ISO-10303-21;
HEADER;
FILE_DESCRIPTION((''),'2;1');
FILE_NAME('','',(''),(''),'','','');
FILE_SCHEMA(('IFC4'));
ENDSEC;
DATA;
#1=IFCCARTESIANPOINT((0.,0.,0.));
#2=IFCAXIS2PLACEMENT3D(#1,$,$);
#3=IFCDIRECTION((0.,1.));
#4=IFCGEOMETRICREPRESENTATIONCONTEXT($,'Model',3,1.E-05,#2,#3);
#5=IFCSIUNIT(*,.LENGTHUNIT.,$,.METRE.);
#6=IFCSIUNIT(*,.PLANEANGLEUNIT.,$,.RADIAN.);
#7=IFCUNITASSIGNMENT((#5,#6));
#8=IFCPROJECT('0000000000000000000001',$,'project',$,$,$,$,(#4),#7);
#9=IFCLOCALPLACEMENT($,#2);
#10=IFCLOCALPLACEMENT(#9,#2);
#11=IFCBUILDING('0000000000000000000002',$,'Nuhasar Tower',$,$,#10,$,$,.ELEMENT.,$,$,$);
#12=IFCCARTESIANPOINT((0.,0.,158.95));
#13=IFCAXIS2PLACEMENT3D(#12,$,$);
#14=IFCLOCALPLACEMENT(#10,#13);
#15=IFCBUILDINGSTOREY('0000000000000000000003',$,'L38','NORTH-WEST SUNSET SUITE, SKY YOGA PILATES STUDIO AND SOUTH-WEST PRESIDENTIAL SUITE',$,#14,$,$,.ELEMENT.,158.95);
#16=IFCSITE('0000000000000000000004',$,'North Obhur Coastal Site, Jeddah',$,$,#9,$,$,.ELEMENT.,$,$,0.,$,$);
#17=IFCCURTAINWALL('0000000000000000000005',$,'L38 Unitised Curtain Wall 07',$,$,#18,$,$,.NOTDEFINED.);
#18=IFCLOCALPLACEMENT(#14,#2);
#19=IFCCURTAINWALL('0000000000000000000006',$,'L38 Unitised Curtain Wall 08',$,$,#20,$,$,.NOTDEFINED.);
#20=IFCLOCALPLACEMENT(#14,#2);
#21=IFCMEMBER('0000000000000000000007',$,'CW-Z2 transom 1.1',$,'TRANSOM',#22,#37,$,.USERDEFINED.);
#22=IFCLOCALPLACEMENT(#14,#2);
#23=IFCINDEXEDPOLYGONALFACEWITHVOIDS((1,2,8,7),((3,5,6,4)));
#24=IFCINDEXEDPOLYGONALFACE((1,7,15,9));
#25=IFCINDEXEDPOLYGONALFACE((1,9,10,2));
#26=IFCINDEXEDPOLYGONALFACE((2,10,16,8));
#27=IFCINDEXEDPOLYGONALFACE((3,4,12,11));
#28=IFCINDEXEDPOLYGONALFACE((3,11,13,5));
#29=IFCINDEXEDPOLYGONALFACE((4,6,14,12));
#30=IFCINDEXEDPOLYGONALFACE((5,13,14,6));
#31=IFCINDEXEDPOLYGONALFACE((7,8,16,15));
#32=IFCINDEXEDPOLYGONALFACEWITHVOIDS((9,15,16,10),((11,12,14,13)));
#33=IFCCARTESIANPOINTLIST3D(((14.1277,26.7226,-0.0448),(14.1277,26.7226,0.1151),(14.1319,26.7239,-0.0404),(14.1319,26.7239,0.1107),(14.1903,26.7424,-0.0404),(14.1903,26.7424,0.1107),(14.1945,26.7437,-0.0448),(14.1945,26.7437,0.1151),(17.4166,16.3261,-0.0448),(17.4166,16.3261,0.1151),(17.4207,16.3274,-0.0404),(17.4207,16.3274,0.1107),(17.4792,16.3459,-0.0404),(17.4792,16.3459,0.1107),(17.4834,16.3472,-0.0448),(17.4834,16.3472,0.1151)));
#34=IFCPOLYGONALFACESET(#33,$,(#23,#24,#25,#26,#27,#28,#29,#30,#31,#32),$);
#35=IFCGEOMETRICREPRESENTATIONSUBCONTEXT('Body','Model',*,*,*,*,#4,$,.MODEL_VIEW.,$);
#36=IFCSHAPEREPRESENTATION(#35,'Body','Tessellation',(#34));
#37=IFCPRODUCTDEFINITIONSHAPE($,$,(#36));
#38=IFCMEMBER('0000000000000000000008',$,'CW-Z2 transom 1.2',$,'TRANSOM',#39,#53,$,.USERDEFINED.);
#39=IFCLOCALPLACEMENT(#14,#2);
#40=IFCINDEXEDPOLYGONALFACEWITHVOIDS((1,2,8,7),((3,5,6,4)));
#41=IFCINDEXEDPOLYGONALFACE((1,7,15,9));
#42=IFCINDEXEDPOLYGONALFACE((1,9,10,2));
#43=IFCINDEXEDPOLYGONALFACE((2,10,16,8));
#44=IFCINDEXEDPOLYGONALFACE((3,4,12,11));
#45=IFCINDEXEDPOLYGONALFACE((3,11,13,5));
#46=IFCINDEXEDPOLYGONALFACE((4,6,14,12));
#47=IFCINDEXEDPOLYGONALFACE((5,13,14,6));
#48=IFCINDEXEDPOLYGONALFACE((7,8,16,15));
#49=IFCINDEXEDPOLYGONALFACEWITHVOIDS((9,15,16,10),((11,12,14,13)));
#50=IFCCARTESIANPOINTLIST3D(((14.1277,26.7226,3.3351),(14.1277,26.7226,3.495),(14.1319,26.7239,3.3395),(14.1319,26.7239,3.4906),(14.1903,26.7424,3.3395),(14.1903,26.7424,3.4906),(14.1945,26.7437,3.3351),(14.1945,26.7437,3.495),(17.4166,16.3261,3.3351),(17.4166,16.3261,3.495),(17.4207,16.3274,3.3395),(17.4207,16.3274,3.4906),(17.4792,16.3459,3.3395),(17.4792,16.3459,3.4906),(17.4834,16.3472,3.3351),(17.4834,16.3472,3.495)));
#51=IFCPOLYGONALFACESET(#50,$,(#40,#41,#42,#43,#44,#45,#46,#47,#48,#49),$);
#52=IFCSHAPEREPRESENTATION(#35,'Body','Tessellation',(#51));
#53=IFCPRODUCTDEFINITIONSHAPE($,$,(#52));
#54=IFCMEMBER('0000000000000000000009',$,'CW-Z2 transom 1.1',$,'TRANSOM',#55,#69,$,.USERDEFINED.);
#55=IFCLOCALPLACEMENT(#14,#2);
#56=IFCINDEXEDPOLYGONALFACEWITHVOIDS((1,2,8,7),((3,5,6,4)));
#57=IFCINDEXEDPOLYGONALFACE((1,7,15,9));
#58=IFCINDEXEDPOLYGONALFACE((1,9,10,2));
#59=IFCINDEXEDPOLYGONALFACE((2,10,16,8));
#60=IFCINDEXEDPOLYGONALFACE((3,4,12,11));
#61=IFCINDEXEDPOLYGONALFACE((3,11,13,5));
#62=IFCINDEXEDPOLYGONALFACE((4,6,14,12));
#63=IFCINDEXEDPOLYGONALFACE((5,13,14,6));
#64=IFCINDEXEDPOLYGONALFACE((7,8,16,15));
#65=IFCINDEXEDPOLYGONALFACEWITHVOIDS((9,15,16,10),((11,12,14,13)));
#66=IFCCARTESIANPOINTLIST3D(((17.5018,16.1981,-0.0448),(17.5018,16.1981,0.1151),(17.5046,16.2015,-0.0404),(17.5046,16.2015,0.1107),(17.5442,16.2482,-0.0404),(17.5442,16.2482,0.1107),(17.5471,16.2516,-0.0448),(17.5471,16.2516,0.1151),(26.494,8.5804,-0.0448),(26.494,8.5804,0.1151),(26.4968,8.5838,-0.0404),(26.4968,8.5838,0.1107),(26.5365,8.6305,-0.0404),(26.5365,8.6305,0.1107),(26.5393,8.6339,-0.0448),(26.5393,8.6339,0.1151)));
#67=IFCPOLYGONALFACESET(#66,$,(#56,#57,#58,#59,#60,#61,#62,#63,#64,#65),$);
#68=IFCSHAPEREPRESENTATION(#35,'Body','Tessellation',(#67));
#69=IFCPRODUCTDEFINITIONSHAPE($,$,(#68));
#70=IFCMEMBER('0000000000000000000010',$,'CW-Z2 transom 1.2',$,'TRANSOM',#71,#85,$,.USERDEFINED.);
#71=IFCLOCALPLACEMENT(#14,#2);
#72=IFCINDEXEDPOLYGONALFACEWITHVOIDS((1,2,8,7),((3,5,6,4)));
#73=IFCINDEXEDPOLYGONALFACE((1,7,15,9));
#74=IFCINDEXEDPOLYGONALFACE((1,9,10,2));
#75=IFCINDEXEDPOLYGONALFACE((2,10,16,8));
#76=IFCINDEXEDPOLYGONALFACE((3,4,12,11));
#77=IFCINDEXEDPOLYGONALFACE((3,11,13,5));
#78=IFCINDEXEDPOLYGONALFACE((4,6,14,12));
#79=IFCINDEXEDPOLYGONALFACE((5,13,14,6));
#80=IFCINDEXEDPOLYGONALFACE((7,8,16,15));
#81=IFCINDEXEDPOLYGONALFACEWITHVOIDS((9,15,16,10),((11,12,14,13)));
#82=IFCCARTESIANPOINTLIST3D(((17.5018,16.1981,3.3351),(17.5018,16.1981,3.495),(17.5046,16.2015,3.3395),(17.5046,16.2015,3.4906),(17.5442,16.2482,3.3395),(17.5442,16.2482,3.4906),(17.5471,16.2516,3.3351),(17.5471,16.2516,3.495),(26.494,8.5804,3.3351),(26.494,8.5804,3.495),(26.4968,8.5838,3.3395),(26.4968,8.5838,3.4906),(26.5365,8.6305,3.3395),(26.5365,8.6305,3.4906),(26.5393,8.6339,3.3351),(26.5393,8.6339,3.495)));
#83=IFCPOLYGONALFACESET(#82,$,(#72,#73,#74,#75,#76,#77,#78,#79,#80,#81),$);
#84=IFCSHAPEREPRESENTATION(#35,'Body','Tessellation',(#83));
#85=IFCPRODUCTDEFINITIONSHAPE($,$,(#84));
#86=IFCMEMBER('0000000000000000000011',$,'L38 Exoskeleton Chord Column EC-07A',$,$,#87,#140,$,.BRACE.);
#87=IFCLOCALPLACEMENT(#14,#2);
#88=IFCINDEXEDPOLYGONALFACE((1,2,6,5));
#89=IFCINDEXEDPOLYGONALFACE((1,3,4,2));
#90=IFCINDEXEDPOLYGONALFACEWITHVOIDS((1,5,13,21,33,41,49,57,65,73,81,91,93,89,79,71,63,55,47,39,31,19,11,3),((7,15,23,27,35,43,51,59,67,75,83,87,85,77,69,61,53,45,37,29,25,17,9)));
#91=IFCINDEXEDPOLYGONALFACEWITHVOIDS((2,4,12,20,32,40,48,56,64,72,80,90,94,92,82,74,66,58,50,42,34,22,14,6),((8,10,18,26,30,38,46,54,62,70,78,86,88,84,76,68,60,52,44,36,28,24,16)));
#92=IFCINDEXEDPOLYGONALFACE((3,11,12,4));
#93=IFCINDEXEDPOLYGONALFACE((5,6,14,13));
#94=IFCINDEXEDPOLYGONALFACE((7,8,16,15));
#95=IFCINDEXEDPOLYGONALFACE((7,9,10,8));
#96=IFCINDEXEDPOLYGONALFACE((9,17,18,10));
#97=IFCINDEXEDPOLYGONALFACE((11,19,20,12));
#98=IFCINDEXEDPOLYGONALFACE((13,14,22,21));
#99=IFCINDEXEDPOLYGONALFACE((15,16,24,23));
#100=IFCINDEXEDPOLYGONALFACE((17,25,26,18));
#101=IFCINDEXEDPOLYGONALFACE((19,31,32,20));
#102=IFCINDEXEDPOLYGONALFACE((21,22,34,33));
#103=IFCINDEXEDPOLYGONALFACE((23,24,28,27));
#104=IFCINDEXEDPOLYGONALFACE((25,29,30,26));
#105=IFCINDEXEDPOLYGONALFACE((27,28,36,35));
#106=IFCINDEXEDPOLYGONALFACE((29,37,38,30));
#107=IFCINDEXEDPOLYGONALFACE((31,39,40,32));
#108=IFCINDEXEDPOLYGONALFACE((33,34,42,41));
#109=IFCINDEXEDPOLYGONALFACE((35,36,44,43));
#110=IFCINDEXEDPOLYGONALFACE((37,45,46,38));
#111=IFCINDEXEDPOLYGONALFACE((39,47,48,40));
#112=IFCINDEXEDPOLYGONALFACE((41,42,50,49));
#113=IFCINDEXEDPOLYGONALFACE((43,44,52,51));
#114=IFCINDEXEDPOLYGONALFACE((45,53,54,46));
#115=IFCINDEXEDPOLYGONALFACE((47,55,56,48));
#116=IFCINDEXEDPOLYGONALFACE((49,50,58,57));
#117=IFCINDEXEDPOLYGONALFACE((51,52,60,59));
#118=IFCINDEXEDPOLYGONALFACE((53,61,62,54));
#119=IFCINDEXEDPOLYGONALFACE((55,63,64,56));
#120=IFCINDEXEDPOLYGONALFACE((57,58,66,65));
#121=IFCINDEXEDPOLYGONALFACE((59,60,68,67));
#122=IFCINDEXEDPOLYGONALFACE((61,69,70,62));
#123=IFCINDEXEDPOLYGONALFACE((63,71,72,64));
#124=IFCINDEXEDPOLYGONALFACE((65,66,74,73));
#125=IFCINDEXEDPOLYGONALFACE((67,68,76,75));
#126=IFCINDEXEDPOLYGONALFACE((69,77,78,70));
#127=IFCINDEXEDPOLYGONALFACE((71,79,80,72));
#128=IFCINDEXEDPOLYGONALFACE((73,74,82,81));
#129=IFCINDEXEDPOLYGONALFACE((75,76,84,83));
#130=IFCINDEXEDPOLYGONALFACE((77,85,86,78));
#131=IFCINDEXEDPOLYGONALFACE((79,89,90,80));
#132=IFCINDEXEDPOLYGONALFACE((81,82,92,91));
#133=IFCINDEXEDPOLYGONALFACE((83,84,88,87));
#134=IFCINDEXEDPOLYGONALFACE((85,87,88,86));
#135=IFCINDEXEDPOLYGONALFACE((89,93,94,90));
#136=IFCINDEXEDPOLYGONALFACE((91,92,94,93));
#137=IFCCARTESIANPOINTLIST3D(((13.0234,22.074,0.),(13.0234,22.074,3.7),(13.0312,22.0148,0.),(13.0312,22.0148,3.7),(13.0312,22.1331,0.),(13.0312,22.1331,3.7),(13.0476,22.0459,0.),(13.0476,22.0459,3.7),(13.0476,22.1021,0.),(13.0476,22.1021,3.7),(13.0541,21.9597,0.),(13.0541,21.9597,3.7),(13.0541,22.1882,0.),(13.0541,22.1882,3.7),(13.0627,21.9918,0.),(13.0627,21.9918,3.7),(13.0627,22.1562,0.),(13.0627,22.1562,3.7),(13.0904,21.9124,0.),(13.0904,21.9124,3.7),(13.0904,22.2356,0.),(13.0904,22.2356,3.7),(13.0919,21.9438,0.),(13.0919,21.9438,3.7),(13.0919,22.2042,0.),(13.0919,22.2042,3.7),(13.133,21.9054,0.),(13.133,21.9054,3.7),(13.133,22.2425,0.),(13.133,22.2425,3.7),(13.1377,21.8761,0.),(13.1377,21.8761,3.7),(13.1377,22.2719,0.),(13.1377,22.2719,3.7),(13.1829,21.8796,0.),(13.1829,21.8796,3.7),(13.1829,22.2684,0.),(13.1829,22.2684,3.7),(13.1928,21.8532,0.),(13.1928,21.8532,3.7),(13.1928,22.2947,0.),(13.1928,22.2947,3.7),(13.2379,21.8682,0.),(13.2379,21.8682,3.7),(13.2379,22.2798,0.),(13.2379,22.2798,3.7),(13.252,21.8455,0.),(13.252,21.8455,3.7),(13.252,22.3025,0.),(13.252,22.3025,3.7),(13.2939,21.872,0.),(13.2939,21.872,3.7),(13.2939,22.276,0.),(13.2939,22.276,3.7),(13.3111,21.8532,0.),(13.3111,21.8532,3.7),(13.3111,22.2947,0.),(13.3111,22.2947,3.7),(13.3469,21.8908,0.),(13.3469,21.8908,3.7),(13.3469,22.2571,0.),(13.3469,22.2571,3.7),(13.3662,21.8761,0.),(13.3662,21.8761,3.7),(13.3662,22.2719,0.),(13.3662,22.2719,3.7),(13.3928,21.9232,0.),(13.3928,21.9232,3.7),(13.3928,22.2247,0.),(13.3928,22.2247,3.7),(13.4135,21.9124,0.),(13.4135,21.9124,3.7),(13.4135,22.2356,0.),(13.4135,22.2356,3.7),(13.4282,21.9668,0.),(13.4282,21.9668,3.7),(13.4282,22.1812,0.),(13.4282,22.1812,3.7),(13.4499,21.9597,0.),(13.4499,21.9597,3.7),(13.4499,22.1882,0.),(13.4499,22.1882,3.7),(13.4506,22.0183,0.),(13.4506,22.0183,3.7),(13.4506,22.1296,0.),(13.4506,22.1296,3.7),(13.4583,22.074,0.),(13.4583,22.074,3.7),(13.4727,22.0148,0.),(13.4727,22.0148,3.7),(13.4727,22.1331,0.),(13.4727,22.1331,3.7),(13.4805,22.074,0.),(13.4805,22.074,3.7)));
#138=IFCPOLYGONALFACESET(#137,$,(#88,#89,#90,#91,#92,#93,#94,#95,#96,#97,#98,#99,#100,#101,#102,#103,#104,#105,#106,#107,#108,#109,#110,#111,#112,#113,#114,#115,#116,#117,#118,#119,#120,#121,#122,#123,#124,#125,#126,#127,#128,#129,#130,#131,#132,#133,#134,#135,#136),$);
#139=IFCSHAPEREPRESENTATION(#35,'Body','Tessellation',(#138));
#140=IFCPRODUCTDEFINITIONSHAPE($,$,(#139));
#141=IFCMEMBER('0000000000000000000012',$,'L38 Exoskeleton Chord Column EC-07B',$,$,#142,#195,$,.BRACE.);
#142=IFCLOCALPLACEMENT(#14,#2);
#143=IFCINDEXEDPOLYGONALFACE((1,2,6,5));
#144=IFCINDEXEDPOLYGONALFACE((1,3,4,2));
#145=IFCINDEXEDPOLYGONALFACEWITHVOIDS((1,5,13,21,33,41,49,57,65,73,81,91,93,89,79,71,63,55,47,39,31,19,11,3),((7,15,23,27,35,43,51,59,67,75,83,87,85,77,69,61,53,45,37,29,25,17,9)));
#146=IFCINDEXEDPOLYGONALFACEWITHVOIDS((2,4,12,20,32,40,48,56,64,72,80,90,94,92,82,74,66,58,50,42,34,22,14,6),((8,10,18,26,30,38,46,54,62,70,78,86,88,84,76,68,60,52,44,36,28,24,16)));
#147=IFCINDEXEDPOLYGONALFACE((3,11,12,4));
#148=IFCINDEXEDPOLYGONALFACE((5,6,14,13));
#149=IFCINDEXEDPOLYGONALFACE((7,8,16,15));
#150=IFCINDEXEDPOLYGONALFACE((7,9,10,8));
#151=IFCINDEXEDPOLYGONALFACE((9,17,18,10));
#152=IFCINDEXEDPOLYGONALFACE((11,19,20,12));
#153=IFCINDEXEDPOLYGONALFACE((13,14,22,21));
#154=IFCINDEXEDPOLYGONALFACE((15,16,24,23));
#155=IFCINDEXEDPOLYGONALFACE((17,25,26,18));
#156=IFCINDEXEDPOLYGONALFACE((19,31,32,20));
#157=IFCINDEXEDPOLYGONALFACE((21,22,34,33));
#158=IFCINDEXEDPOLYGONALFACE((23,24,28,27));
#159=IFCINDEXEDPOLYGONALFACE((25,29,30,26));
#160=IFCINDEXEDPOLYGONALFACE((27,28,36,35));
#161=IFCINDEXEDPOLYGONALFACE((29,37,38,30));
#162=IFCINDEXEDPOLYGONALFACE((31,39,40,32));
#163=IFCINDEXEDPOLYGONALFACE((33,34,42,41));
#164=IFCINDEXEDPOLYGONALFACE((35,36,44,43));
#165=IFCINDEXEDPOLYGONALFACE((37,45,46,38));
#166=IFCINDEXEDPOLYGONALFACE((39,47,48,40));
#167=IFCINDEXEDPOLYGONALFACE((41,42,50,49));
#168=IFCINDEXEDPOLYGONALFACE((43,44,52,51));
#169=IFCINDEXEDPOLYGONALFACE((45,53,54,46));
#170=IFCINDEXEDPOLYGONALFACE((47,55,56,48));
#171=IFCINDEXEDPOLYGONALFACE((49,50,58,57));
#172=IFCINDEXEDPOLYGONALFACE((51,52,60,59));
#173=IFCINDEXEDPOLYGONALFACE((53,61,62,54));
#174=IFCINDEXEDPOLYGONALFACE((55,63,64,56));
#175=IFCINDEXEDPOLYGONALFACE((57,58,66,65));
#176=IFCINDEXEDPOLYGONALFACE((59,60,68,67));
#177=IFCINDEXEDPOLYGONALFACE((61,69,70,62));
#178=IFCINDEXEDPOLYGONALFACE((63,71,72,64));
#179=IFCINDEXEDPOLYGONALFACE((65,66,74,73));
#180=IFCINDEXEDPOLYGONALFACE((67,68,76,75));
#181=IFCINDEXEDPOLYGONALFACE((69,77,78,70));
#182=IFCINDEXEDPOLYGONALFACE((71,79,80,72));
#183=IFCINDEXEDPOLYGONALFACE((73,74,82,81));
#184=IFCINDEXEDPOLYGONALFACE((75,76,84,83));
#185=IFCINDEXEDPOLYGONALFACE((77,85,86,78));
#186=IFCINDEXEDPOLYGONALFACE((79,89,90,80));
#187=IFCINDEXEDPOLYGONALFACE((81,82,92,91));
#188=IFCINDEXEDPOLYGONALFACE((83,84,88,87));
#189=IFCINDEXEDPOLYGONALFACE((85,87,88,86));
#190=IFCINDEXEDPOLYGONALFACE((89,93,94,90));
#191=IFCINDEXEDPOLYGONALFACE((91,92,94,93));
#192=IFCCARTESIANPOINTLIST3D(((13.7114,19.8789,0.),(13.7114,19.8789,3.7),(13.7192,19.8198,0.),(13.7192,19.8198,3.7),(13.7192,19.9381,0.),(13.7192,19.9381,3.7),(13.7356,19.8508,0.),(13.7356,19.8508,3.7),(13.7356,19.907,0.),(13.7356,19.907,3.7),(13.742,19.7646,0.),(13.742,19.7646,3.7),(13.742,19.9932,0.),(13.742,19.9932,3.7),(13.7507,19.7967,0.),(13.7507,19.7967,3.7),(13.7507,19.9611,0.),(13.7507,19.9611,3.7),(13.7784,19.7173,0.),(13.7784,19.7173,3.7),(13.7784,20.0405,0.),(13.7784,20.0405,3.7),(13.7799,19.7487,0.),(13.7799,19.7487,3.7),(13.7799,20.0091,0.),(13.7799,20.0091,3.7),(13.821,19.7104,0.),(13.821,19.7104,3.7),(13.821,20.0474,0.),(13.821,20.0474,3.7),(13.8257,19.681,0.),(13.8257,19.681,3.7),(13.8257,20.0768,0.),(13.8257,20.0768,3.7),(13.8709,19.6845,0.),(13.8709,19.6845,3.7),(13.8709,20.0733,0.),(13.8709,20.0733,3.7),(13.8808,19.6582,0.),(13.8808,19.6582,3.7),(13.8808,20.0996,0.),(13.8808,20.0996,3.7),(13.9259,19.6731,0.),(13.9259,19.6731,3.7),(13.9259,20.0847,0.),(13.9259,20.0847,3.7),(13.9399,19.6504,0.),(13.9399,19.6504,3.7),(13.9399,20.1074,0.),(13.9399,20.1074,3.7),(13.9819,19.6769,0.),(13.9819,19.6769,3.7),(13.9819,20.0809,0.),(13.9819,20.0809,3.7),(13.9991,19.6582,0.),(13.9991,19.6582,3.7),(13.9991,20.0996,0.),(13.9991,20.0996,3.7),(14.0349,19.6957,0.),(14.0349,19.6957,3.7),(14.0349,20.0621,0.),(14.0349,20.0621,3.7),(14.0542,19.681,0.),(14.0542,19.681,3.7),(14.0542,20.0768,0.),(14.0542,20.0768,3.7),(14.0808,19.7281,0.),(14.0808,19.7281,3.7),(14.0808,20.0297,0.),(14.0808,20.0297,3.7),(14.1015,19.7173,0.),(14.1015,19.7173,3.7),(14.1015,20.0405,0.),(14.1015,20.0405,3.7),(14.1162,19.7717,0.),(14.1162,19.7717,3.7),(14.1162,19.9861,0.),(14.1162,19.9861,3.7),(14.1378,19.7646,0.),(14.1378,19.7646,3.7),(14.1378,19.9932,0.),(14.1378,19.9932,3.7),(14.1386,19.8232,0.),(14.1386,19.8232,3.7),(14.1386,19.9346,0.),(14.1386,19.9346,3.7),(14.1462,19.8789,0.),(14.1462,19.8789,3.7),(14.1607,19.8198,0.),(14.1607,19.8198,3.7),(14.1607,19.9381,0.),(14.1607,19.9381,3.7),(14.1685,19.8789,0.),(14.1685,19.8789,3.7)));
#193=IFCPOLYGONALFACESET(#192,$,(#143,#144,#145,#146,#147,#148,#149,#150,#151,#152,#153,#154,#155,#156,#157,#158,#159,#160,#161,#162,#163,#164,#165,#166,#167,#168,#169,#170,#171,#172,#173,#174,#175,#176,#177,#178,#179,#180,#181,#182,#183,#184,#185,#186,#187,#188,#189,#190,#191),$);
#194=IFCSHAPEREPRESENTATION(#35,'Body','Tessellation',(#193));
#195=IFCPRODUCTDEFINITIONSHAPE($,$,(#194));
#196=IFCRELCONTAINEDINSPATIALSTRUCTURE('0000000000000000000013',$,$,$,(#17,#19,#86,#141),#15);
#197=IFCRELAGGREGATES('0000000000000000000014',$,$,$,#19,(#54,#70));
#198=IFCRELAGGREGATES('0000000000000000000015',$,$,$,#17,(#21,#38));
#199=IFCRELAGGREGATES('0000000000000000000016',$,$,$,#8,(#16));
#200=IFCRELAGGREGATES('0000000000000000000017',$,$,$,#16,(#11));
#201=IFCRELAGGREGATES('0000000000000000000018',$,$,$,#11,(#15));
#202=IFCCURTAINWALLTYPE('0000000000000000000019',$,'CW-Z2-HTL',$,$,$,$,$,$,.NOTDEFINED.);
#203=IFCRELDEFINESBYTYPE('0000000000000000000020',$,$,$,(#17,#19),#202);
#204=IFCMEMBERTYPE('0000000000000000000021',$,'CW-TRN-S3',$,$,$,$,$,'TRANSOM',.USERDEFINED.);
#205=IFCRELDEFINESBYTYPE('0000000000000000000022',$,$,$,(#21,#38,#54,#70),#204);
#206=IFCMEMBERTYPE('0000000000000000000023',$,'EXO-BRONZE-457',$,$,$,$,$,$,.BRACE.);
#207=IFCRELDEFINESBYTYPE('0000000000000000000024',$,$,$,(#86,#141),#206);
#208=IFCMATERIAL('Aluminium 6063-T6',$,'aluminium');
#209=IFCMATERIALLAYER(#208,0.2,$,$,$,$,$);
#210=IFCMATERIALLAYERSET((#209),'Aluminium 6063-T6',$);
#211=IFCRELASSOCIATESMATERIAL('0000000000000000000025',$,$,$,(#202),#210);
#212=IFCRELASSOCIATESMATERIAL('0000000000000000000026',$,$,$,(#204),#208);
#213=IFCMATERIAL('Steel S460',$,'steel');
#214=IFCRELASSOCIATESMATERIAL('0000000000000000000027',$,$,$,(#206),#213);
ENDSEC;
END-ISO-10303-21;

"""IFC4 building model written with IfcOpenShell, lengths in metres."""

from ifc_helpers import new_model, si_unit, direction, frame, origin, origin_2d, place, context, subcontext, project, spatial, hollow_rectangle, hollow_circle, extrude, material, layer, layer_set, material_profile, profile_set, type_object, element, aggregate, save


model = new_model("IFC4")

# Units and contexts
model_context = context("Model", 3, precision=1e-05, world=origin(), true_north=direction((0.0, 1.0)))
body_context = subcontext(model_context, "Body", "Model", "MODEL_VIEW")
ifc_project = project(units=[si_unit("LENGTHUNIT", "METRE"), si_unit("PLANEANGLEUNIT", "RADIAN")], contexts=[model_context])

# Site, building, storey
site_placement = place(None, origin())
site = spatial("IfcSite", under=ifc_project, at=site_placement, Name="North Obhur Coastal Site, Jeddah", CompositionType="ELEMENT", RefElevation=0.0)
building_placement = place(site_placement, origin())
building = spatial("IfcBuilding", under=site, at=building_placement, Name="Nuhasar Tower", CompositionType="ELEMENT")
storey_placement = place(building_placement, frame((0.0, 0.0, 158.95)))
storey = spatial("IfcBuildingStorey", under=building, at=storey_placement, Name="L38", Description="NORTH-WEST SUNSET SUITE, SKY YOGA PILATES STUDIO AND SOUTH-WEST PRESIDENTIAL SUITE", CompositionType="ELEMENT", Elevation=158.95)

# Curtain wall
ifc_material_1 = material(Name="Aluminium 6063-T6", Category="aluminium")
ifc_layer_1 = layer(ifc_material_1, 0.2)
ifc_layer_set_1 = layer_set([ifc_layer_1], Name="Aluminium 6063-T6")
curtain_wall_type = type_object("IfcCurtainWallType", Name="CW-Z2-HTL", PredefinedType="NOTDEFINED", material=ifc_layer_set_1)
curtain_wall_1_placement = place(storey_placement, origin())
curtain_wall_1 = element("IfcCurtainWall", 1, at=curtain_wall_1_placement, inside=storey, type_object=curtain_wall_type, Name="L38 Unitised Curtain Wall 07", PredefinedType="NOTDEFINED")

# Curtain wall
curtain_wall_2_placement = place(storey_placement, origin())
curtain_wall_2 = element("IfcCurtainWall", 2, at=curtain_wall_2_placement, inside=storey, type_object=curtain_wall_type, Name="L38 Unitised Curtain Wall 08", PredefinedType="NOTDEFINED")

# Members
ifc_material_profile_1 = material_profile(ifc_material_1, hollow_rectangle(XDim=0.0701, YDim=0.1599, WallThickness=0.0044, at=origin_2d()), Name="CWT-3")
ifc_profile_set_1 = profile_set([ifc_material_profile_1], Name="Aluminium 6063-T6")
member_type_1 = type_object("IfcMemberType", Name="CW-TRN-S3", ElementType="TRANSOM", PredefinedType="USERDEFINED", material=ifc_profile_set_1)
member_1_placement = place(storey_placement, frame((14.1611, 26.7332, 0.0352), z_axis=(0.301608, -0.953432, 0.0), x_axis=(0.953432, 0.301608, 0.0)))
member_1 = element("IfcMember", 3, at=member_1_placement, type_object=member_type_1, Name="CW-Z2 transom 1.1", ObjectType="TRANSOM", PredefinedType="USERDEFINED", context=body_context, shape_type="SweptSolid", body=[
    extrude(hollow_rectangle(XDim=0.0701, YDim=0.1599, WallThickness=0.0044, at=origin_2d()), origin(), (0.0, 0.0, 1.0), 10.9043),
])
member_2_placement = place(storey_placement, frame((14.1611, 26.7332, 3.415), z_axis=(0.301608, -0.953432, 0.0), x_axis=(0.953432, 0.301608, 0.0)))
member_2 = element("IfcMember", 4, at=member_2_placement, type_object=member_type_1, Name="CW-Z2 transom 1.2", ObjectType="TRANSOM", PredefinedType="USERDEFINED", context=body_context, shape_type="SweptSolid", body=[
    extrude(hollow_rectangle(XDim=0.0701, YDim=0.1599, WallThickness=0.0044, at=origin_2d()), origin(), (0.0, 0.0, 1.0), 10.9043),
])
member_3_placement = place(storey_placement, frame((17.5244, 16.2249, 0.0352), z_axis=(0.763014, -0.646382, 0.0), x_axis=(0.646382, 0.763014, 0.0)))
member_3 = element("IfcMember", 5, at=member_3_placement, type_object=member_type_1, Name="CW-Z2 transom 1.1", ObjectType="TRANSOM", PredefinedType="USERDEFINED", context=body_context, shape_type="SweptSolid", body=[
    extrude(hollow_rectangle(XDim=0.0701, YDim=0.1599, WallThickness=0.0044, at=origin_2d()), origin(), (0.0, 0.0, 1.0), 11.7852),
])
member_4_placement = place(storey_placement, frame((17.5244, 16.2249, 3.415), z_axis=(0.763014, -0.646382, 0.0), x_axis=(0.646382, 0.763014, 0.0)))
member_4 = element("IfcMember", 6, at=member_4_placement, type_object=member_type_1, Name="CW-Z2 transom 1.2", ObjectType="TRANSOM", PredefinedType="USERDEFINED", context=body_context, shape_type="SweptSolid", body=[
    extrude(hollow_rectangle(XDim=0.0701, YDim=0.1599, WallThickness=0.0044, at=origin_2d()), origin(), (0.0, 0.0, 1.0), 11.7852),
])
aggregate(curtain_wall_2, [member_3, member_4])

# Members
ifc_material_2 = material(Name="Steel S460", Category="steel")
ifc_material_profile_2 = material_profile(ifc_material_2, hollow_circle(Radius=0.2285, WallThickness=0.0222, at=origin_2d()), Name="HSS457X22.2")
ifc_profile_set_2 = profile_set([ifc_material_profile_2], Name="Steel S460")
member_type_2 = type_object("IfcMemberType", Name="EXO-BRONZE-457", PredefinedType="BRACE", material=ifc_profile_set_2)
for number, where, z_axis, x_axis, name in (
    (7, (13.252, 22.074, 0.0), (0.0, 0.0, 1.0), (1.0, 0.0, 0.0), "L38 Exoskeleton Chord Column EC-07A"),
    (8, (13.9399, 19.8789, 0.0), (0.0, 0.0, 1.0), (1.0, 0.0, 0.0), "L38 Exoskeleton Chord Column EC-07B"),
):
    element("IfcMember", number, at=place(storey_placement, frame(where, z_axis=z_axis, x_axis=x_axis)), inside=storey, type_object=member_type_2, Name=name, PredefinedType="BRACE", context=body_context, shape_type="SweptSolid", body=[
        extrude(hollow_circle(Radius=0.2285, WallThickness=0.0222, at=origin_2d()), origin(), (0.0, 0.0, 1.0), 3.7),
    ])

aggregate(curtain_wall_1, [member_1, member_2])

save(model, "model.ifc")
